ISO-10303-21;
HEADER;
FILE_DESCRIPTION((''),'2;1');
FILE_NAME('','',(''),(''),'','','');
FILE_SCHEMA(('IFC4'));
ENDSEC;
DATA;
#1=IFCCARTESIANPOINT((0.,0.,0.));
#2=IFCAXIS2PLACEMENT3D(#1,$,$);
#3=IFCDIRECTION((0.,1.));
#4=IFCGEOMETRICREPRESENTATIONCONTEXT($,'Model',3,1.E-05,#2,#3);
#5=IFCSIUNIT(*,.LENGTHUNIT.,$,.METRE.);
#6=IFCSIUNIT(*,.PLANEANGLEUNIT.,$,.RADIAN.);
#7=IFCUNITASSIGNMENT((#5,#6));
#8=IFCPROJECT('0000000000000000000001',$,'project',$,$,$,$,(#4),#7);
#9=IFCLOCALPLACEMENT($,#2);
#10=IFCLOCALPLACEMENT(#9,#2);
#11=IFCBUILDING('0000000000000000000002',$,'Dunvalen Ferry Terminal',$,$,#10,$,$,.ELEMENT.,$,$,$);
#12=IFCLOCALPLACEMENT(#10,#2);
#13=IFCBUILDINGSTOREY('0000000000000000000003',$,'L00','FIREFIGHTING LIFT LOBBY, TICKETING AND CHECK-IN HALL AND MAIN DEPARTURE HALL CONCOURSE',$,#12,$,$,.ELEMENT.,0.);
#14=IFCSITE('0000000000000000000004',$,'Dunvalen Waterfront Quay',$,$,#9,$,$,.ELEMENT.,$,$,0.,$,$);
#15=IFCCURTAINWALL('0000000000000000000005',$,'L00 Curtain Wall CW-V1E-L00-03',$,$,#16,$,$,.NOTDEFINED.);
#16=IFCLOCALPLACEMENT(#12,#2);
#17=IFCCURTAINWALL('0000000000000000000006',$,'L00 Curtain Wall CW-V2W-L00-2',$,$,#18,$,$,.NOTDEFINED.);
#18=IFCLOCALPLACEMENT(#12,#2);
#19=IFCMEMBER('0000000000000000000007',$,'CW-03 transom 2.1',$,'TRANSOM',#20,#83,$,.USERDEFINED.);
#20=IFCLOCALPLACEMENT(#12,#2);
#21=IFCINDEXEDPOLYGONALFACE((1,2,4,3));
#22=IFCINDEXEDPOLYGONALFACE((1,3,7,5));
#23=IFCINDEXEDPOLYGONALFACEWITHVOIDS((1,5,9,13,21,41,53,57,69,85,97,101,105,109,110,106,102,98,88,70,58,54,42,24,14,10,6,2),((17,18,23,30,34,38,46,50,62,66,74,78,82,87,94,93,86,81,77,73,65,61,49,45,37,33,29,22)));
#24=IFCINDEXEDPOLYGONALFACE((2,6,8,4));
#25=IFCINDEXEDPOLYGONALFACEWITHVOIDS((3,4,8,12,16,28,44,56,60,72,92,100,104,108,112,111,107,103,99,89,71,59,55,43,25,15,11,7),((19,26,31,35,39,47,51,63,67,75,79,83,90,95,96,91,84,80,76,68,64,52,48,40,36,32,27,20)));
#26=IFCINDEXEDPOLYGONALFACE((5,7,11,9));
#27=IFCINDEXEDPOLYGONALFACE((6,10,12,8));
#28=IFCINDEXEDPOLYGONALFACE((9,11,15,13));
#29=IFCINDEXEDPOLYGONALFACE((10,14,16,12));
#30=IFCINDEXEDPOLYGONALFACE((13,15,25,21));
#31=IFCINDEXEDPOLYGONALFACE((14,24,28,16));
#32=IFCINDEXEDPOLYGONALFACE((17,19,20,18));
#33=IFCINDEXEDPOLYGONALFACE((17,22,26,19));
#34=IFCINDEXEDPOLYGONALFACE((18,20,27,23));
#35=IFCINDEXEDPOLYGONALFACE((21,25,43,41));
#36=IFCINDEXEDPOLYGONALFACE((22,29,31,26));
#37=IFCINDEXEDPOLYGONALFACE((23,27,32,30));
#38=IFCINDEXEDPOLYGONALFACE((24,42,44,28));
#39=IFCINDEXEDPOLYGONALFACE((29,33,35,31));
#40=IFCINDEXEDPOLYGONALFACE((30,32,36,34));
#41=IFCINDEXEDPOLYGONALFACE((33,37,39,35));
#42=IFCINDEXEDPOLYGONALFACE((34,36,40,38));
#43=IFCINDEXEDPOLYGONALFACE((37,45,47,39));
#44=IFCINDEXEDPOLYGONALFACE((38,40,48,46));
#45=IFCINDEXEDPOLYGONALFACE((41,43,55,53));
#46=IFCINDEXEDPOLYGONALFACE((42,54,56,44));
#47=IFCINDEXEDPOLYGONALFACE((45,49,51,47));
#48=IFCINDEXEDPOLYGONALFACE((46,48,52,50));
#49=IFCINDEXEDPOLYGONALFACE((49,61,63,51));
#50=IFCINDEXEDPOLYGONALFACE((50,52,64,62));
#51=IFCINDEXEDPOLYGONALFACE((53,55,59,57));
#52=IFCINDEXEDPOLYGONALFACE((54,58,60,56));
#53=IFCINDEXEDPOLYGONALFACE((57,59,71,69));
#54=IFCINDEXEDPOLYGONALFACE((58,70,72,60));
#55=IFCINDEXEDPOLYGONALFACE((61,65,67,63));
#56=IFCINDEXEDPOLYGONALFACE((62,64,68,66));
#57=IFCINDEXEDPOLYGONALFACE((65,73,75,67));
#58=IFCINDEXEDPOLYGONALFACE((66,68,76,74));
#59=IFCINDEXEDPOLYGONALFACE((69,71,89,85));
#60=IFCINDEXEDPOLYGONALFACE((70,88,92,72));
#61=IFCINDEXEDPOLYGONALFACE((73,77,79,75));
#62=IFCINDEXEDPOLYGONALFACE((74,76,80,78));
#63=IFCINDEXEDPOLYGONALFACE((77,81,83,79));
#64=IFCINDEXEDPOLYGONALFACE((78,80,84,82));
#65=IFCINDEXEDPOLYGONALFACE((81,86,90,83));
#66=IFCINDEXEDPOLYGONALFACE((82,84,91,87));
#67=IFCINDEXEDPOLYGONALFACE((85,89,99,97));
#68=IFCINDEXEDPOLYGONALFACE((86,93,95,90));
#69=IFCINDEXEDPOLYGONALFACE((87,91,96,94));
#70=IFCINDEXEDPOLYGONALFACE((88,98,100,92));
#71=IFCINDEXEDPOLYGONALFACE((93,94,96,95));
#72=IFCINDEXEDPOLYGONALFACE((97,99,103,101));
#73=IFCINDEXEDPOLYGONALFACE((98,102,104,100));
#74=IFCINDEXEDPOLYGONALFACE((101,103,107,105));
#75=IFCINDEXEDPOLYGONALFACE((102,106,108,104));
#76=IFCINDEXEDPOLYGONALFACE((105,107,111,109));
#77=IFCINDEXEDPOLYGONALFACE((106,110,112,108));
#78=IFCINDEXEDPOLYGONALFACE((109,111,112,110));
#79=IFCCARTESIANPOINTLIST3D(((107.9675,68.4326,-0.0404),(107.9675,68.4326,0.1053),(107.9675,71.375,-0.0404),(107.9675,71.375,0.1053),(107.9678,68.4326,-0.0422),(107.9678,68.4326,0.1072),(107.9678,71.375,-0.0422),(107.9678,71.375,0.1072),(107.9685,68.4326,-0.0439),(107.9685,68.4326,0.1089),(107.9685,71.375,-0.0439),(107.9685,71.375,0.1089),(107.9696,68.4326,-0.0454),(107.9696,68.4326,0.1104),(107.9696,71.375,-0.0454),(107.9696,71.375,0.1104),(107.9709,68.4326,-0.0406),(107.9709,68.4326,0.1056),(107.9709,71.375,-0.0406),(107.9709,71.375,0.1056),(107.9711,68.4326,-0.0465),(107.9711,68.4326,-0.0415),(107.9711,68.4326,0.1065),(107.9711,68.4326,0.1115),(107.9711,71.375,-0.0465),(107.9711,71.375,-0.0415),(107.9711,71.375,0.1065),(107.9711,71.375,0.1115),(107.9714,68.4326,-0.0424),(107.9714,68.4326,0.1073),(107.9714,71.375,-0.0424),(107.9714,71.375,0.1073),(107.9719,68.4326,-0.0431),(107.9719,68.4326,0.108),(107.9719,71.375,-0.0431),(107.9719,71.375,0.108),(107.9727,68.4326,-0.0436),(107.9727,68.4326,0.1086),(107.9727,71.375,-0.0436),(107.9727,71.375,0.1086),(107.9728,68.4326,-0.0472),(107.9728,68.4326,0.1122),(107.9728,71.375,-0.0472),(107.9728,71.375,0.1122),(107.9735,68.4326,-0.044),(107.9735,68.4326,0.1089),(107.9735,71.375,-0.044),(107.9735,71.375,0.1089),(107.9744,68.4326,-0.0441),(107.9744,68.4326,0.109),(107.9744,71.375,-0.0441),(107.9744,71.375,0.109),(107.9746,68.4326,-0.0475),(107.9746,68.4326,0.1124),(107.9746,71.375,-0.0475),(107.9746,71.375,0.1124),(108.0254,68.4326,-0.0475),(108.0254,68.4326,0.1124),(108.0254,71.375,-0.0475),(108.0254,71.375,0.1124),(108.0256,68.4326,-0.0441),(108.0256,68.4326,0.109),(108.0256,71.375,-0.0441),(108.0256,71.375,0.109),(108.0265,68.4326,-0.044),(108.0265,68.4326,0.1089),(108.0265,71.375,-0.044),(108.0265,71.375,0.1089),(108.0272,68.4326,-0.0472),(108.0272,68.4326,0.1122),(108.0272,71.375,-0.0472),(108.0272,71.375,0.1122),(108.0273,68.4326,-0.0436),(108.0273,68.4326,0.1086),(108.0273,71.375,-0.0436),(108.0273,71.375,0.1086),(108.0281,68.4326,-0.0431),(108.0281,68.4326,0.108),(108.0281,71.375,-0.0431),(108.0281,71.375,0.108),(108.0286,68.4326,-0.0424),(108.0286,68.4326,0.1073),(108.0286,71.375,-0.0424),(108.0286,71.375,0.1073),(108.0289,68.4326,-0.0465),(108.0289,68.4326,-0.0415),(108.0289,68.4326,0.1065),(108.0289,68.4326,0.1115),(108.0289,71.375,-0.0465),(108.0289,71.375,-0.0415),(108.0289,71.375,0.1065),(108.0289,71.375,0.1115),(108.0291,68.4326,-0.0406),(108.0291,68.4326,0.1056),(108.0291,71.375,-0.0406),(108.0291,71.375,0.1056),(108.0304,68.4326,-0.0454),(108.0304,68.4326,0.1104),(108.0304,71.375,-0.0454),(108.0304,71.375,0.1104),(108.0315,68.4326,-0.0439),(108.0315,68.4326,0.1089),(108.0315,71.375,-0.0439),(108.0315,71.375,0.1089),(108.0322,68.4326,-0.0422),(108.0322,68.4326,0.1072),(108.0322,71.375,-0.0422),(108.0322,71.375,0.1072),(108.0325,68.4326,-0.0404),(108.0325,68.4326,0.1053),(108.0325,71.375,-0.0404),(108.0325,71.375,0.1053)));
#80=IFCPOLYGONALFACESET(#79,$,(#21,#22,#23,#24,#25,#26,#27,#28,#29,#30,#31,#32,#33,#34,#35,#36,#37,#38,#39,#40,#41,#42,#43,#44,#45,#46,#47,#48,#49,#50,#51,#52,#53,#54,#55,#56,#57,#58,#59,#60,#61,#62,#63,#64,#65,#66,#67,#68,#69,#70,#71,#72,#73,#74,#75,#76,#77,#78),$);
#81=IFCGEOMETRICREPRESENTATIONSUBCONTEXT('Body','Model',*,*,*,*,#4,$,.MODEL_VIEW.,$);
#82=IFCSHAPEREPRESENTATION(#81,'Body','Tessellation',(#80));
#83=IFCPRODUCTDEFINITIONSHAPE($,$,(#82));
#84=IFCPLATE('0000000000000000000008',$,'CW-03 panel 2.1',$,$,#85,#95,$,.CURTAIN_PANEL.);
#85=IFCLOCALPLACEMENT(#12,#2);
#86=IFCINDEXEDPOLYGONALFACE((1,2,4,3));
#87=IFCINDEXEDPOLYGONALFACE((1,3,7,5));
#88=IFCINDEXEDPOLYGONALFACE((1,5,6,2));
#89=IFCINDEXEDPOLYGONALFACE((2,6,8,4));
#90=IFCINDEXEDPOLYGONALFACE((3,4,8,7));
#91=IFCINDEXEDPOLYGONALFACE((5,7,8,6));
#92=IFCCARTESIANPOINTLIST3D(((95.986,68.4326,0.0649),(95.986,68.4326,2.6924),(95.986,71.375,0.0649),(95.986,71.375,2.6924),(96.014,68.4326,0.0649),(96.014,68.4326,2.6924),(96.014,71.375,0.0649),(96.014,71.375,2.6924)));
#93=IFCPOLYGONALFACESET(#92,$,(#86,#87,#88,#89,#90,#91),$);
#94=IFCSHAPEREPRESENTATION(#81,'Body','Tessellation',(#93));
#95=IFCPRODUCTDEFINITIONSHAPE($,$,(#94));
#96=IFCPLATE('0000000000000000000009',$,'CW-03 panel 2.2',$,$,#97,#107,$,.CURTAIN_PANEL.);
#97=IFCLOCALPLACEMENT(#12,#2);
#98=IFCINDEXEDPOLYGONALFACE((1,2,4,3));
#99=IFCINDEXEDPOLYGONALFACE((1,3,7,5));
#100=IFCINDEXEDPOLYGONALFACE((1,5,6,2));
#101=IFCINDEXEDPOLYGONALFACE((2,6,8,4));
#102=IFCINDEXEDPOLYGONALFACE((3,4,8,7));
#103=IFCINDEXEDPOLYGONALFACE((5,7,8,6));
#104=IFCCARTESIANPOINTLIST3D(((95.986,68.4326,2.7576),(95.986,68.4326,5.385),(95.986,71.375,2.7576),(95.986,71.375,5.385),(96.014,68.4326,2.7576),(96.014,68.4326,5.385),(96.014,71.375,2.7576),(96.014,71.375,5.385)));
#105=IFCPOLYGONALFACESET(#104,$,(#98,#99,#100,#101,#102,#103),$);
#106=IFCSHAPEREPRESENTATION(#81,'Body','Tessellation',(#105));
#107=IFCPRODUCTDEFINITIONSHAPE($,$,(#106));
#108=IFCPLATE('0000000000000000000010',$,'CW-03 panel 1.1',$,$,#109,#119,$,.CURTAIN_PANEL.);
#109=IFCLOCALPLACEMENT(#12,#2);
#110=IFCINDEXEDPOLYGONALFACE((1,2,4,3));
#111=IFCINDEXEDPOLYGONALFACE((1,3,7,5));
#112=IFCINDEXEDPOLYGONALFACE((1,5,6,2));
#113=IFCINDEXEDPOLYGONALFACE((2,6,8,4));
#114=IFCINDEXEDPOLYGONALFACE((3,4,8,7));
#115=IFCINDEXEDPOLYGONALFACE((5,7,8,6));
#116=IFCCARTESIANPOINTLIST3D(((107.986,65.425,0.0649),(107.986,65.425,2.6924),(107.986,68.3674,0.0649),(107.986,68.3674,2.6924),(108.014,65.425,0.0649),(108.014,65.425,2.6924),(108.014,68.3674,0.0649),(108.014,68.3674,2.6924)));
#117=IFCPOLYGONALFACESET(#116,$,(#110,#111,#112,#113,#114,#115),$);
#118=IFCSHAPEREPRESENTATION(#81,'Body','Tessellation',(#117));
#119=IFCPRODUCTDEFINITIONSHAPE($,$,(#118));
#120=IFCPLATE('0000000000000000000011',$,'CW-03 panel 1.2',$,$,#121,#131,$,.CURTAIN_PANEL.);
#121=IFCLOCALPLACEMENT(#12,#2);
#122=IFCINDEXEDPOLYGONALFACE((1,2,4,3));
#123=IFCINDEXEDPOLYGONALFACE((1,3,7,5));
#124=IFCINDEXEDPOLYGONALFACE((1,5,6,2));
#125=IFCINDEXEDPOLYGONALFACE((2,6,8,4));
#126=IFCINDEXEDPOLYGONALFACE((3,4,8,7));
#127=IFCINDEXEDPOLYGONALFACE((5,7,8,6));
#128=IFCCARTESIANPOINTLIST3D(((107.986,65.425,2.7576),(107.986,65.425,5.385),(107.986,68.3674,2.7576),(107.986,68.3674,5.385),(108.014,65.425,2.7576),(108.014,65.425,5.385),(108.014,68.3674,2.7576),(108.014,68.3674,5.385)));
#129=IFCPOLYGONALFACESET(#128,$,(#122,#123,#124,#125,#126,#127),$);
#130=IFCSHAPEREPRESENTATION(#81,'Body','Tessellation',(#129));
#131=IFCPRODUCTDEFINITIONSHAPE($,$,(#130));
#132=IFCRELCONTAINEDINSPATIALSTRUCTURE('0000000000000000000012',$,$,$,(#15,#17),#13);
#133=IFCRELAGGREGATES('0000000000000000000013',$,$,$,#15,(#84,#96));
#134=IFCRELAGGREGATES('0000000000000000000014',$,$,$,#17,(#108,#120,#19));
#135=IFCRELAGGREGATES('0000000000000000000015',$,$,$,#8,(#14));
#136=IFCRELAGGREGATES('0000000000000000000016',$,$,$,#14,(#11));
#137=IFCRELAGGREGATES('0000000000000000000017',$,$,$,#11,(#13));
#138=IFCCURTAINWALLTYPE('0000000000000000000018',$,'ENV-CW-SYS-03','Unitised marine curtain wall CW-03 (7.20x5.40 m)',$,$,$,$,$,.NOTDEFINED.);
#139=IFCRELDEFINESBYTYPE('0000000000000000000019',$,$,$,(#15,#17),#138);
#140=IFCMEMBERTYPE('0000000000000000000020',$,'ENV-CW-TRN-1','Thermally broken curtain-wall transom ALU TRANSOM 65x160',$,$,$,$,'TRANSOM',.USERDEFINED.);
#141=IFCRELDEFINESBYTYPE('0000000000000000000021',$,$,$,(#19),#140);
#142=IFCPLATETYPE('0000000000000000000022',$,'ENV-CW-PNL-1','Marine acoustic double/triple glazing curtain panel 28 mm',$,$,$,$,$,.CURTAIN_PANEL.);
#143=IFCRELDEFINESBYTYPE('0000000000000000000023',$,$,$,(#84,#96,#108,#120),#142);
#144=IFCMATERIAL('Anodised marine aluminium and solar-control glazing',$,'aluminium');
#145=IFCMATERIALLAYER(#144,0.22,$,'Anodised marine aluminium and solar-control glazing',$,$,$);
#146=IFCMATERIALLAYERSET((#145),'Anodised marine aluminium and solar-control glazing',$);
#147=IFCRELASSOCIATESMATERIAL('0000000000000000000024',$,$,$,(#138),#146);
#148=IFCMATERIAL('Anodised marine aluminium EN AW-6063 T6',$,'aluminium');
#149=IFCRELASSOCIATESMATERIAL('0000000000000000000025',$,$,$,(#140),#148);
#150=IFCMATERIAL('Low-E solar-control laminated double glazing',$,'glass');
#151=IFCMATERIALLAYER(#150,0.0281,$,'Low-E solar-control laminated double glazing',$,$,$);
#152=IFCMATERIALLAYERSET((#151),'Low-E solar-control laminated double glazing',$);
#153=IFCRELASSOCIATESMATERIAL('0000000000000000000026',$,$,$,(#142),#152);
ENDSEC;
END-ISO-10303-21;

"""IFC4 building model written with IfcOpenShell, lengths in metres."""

from ifc_helpers import new_model, si_unit, direction, frame, origin, origin_2d, place, context, subcontext, project, spatial, rectangle, hollow_rectangle, extrude, material, layer, layer_set, material_profile, profile_set, type_object, element, aggregate, save


model = new_model("IFC4")

# Units and contexts
model_context = context("Model", 3, precision=1e-05, world=origin(), true_north=direction((0.0, 1.0)))
body_context = subcontext(model_context, "Body", "Model", "MODEL_VIEW")
ifc_project = project(units=[si_unit("LENGTHUNIT", "METRE"), si_unit("PLANEANGLEUNIT", "RADIAN")], contexts=[model_context])

# Site, building, storey
site_placement = place(None, origin())
site = spatial("IfcSite", under=ifc_project, at=site_placement, Name="Dunvalen Waterfront Quay", CompositionType="ELEMENT", RefElevation=0.0)
building_placement = place(site_placement, origin())
building = spatial("IfcBuilding", under=site, at=building_placement, Name="Dunvalen Ferry Terminal", CompositionType="ELEMENT")
storey_placement = place(building_placement, origin())
storey = spatial("IfcBuildingStorey", under=building, at=storey_placement, Name="L00", Description="FIREFIGHTING LIFT LOBBY, TICKETING AND CHECK-IN HALL AND MAIN DEPARTURE HALL CONCOURSE", CompositionType="ELEMENT", Elevation=0.0)

# Curtain walls
ifc_material_1 = material(Name="Anodised marine aluminium and solar-control glazing", Category="aluminium")
ifc_layer_1 = layer(ifc_material_1, 0.22, Name="Anodised marine aluminium and solar-control glazing")
ifc_layer_set_1 = layer_set([ifc_layer_1], Name="Anodised marine aluminium and solar-control glazing")
curtain_wall_type = type_object("IfcCurtainWallType", Name="ENV-CW-SYS-03", Description="Unitised marine curtain wall CW-03 (7.20x5.40 m)", PredefinedType="NOTDEFINED", material=ifc_layer_set_1)
curtain_wall_1_placement = place(storey_placement, origin())
curtain_wall_1 = element("IfcCurtainWall", 1, at=curtain_wall_1_placement, inside=storey, type_object=curtain_wall_type, Name="L00 Curtain Wall CW-V1E-L00-03", PredefinedType="NOTDEFINED")
ifc_material_2 = material(Name="Anodised marine aluminium EN AW-6063 T6", Category="aluminium")
curtain_wall_2_placement = place(storey_placement, origin())
curtain_wall_2 = element("IfcCurtainWall", 2, at=curtain_wall_2_placement, inside=storey, type_object=curtain_wall_type, Name="L00 Curtain Wall CW-V2W-L00-2", PredefinedType="NOTDEFINED")

# Member
ifc_material_profile_1 = material_profile(ifc_material_2, hollow_rectangle(XDim=0.0649, YDim=0.1599, WallThickness=0.0034, InnerFilletRadius=0.0034, OuterFilletRadius=0.0071, at=origin_2d()), Name="Anodised marine aluminium EN AW-6063 T6")
ifc_profile_set_1 = profile_set([ifc_material_profile_1], Name="Anodised marine aluminium EN AW-6063 T6")
member_type_1 = type_object("IfcMemberType", Name="ENV-CW-TRN-1", Description="Thermally broken curtain-wall transom ALU TRANSOM 65x160", ElementType="TRANSOM", PredefinedType="USERDEFINED", material=ifc_profile_set_1)
member_1_placement = place(storey_placement, frame((108.0, 68.4326, 0.0325), z_axis=(0.0, 1.0, 0.0), x_axis=(-1.0, 0.0, 0.0)))
member_1 = element("IfcMember", 3, at=member_1_placement, type_object=member_type_1, Name="CW-03 transom 2.1", ObjectType="TRANSOM", PredefinedType="USERDEFINED", context=body_context, shape_type="SweptSolid", body=[
    extrude(hollow_rectangle(XDim=0.0649, YDim=0.1599, WallThickness=0.0034, InnerFilletRadius=0.0034, OuterFilletRadius=0.0071, at=origin_2d()), origin(), (0.0, 0.0, 1.0), 2.9424),
])

# Plates
ifc_material_3 = material(Name="Low-E solar-control laminated double glazing", Category="glass")
ifc_layer_2 = layer(ifc_material_3, 0.0281, Name="Low-E solar-control laminated double glazing")
ifc_layer_set_2 = layer_set([ifc_layer_2], Name="Low-E solar-control laminated double glazing")
plate_type = type_object("IfcPlateType", Name="ENV-CW-PNL-1", Description="Marine acoustic double/triple glazing curtain panel 28 mm", PredefinedType="CURTAIN_PANEL", material=ifc_layer_set_2)
plate_1_placement = place(storey_placement, frame((96.0, 69.9038, 0.0649), z_axis=(0.0, 0.0, 1.0), x_axis=(0.0, 1.0, 0.0)))
plate_1 = element("IfcPlate", 4, at=plate_1_placement, type_object=plate_type, Name="CW-03 panel 2.1", PredefinedType="CURTAIN_PANEL", context=body_context, shape_type="SweptSolid", body=[
    extrude(rectangle(XDim=2.9424, YDim=0.0281, at=origin_2d()), origin(), (0.0, 0.0, 1.0), 2.6274),
])
plate_2_placement = place(storey_placement, frame((96.0, 69.9038, 2.7576), z_axis=(0.0, 0.0, 1.0), x_axis=(0.0, 1.0, 0.0)))
plate_2 = element("IfcPlate", 5, at=plate_2_placement, type_object=plate_type, Name="CW-03 panel 2.2", PredefinedType="CURTAIN_PANEL", context=body_context, shape_type="SweptSolid", body=[
    extrude(rectangle(XDim=2.9424, YDim=0.0281, at=origin_2d()), origin(), (0.0, 0.0, 1.0), 2.6274),
])
aggregate(curtain_wall_1, [plate_1, plate_2])
plate_3_placement = place(storey_placement, frame((108.0, 66.8962, 0.0649), z_axis=(0.0, 0.0, 1.0), x_axis=(0.0, 1.0, 0.0)))
plate_3 = element("IfcPlate", 6, at=plate_3_placement, type_object=plate_type, Name="CW-03 panel 1.1", PredefinedType="CURTAIN_PANEL", context=body_context, shape_type="SweptSolid", body=[
    extrude(rectangle(XDim=2.9424, YDim=0.0281, at=origin_2d()), origin(), (0.0, 0.0, 1.0), 2.6274),
])
plate_4_placement = place(storey_placement, frame((108.0, 66.8962, 2.7576), z_axis=(0.0, 0.0, 1.0), x_axis=(0.0, 1.0, 0.0)))
plate_4 = element("IfcPlate", 7, at=plate_4_placement, type_object=plate_type, Name="CW-03 panel 1.2", PredefinedType="CURTAIN_PANEL", context=body_context, shape_type="SweptSolid", body=[
    extrude(rectangle(XDim=2.9424, YDim=0.0281, at=origin_2d()), origin(), (0.0, 0.0, 1.0), 2.6274),
])
aggregate(curtain_wall_2, [plate_3, plate_4, member_1])

save(model, "model.ifc")
